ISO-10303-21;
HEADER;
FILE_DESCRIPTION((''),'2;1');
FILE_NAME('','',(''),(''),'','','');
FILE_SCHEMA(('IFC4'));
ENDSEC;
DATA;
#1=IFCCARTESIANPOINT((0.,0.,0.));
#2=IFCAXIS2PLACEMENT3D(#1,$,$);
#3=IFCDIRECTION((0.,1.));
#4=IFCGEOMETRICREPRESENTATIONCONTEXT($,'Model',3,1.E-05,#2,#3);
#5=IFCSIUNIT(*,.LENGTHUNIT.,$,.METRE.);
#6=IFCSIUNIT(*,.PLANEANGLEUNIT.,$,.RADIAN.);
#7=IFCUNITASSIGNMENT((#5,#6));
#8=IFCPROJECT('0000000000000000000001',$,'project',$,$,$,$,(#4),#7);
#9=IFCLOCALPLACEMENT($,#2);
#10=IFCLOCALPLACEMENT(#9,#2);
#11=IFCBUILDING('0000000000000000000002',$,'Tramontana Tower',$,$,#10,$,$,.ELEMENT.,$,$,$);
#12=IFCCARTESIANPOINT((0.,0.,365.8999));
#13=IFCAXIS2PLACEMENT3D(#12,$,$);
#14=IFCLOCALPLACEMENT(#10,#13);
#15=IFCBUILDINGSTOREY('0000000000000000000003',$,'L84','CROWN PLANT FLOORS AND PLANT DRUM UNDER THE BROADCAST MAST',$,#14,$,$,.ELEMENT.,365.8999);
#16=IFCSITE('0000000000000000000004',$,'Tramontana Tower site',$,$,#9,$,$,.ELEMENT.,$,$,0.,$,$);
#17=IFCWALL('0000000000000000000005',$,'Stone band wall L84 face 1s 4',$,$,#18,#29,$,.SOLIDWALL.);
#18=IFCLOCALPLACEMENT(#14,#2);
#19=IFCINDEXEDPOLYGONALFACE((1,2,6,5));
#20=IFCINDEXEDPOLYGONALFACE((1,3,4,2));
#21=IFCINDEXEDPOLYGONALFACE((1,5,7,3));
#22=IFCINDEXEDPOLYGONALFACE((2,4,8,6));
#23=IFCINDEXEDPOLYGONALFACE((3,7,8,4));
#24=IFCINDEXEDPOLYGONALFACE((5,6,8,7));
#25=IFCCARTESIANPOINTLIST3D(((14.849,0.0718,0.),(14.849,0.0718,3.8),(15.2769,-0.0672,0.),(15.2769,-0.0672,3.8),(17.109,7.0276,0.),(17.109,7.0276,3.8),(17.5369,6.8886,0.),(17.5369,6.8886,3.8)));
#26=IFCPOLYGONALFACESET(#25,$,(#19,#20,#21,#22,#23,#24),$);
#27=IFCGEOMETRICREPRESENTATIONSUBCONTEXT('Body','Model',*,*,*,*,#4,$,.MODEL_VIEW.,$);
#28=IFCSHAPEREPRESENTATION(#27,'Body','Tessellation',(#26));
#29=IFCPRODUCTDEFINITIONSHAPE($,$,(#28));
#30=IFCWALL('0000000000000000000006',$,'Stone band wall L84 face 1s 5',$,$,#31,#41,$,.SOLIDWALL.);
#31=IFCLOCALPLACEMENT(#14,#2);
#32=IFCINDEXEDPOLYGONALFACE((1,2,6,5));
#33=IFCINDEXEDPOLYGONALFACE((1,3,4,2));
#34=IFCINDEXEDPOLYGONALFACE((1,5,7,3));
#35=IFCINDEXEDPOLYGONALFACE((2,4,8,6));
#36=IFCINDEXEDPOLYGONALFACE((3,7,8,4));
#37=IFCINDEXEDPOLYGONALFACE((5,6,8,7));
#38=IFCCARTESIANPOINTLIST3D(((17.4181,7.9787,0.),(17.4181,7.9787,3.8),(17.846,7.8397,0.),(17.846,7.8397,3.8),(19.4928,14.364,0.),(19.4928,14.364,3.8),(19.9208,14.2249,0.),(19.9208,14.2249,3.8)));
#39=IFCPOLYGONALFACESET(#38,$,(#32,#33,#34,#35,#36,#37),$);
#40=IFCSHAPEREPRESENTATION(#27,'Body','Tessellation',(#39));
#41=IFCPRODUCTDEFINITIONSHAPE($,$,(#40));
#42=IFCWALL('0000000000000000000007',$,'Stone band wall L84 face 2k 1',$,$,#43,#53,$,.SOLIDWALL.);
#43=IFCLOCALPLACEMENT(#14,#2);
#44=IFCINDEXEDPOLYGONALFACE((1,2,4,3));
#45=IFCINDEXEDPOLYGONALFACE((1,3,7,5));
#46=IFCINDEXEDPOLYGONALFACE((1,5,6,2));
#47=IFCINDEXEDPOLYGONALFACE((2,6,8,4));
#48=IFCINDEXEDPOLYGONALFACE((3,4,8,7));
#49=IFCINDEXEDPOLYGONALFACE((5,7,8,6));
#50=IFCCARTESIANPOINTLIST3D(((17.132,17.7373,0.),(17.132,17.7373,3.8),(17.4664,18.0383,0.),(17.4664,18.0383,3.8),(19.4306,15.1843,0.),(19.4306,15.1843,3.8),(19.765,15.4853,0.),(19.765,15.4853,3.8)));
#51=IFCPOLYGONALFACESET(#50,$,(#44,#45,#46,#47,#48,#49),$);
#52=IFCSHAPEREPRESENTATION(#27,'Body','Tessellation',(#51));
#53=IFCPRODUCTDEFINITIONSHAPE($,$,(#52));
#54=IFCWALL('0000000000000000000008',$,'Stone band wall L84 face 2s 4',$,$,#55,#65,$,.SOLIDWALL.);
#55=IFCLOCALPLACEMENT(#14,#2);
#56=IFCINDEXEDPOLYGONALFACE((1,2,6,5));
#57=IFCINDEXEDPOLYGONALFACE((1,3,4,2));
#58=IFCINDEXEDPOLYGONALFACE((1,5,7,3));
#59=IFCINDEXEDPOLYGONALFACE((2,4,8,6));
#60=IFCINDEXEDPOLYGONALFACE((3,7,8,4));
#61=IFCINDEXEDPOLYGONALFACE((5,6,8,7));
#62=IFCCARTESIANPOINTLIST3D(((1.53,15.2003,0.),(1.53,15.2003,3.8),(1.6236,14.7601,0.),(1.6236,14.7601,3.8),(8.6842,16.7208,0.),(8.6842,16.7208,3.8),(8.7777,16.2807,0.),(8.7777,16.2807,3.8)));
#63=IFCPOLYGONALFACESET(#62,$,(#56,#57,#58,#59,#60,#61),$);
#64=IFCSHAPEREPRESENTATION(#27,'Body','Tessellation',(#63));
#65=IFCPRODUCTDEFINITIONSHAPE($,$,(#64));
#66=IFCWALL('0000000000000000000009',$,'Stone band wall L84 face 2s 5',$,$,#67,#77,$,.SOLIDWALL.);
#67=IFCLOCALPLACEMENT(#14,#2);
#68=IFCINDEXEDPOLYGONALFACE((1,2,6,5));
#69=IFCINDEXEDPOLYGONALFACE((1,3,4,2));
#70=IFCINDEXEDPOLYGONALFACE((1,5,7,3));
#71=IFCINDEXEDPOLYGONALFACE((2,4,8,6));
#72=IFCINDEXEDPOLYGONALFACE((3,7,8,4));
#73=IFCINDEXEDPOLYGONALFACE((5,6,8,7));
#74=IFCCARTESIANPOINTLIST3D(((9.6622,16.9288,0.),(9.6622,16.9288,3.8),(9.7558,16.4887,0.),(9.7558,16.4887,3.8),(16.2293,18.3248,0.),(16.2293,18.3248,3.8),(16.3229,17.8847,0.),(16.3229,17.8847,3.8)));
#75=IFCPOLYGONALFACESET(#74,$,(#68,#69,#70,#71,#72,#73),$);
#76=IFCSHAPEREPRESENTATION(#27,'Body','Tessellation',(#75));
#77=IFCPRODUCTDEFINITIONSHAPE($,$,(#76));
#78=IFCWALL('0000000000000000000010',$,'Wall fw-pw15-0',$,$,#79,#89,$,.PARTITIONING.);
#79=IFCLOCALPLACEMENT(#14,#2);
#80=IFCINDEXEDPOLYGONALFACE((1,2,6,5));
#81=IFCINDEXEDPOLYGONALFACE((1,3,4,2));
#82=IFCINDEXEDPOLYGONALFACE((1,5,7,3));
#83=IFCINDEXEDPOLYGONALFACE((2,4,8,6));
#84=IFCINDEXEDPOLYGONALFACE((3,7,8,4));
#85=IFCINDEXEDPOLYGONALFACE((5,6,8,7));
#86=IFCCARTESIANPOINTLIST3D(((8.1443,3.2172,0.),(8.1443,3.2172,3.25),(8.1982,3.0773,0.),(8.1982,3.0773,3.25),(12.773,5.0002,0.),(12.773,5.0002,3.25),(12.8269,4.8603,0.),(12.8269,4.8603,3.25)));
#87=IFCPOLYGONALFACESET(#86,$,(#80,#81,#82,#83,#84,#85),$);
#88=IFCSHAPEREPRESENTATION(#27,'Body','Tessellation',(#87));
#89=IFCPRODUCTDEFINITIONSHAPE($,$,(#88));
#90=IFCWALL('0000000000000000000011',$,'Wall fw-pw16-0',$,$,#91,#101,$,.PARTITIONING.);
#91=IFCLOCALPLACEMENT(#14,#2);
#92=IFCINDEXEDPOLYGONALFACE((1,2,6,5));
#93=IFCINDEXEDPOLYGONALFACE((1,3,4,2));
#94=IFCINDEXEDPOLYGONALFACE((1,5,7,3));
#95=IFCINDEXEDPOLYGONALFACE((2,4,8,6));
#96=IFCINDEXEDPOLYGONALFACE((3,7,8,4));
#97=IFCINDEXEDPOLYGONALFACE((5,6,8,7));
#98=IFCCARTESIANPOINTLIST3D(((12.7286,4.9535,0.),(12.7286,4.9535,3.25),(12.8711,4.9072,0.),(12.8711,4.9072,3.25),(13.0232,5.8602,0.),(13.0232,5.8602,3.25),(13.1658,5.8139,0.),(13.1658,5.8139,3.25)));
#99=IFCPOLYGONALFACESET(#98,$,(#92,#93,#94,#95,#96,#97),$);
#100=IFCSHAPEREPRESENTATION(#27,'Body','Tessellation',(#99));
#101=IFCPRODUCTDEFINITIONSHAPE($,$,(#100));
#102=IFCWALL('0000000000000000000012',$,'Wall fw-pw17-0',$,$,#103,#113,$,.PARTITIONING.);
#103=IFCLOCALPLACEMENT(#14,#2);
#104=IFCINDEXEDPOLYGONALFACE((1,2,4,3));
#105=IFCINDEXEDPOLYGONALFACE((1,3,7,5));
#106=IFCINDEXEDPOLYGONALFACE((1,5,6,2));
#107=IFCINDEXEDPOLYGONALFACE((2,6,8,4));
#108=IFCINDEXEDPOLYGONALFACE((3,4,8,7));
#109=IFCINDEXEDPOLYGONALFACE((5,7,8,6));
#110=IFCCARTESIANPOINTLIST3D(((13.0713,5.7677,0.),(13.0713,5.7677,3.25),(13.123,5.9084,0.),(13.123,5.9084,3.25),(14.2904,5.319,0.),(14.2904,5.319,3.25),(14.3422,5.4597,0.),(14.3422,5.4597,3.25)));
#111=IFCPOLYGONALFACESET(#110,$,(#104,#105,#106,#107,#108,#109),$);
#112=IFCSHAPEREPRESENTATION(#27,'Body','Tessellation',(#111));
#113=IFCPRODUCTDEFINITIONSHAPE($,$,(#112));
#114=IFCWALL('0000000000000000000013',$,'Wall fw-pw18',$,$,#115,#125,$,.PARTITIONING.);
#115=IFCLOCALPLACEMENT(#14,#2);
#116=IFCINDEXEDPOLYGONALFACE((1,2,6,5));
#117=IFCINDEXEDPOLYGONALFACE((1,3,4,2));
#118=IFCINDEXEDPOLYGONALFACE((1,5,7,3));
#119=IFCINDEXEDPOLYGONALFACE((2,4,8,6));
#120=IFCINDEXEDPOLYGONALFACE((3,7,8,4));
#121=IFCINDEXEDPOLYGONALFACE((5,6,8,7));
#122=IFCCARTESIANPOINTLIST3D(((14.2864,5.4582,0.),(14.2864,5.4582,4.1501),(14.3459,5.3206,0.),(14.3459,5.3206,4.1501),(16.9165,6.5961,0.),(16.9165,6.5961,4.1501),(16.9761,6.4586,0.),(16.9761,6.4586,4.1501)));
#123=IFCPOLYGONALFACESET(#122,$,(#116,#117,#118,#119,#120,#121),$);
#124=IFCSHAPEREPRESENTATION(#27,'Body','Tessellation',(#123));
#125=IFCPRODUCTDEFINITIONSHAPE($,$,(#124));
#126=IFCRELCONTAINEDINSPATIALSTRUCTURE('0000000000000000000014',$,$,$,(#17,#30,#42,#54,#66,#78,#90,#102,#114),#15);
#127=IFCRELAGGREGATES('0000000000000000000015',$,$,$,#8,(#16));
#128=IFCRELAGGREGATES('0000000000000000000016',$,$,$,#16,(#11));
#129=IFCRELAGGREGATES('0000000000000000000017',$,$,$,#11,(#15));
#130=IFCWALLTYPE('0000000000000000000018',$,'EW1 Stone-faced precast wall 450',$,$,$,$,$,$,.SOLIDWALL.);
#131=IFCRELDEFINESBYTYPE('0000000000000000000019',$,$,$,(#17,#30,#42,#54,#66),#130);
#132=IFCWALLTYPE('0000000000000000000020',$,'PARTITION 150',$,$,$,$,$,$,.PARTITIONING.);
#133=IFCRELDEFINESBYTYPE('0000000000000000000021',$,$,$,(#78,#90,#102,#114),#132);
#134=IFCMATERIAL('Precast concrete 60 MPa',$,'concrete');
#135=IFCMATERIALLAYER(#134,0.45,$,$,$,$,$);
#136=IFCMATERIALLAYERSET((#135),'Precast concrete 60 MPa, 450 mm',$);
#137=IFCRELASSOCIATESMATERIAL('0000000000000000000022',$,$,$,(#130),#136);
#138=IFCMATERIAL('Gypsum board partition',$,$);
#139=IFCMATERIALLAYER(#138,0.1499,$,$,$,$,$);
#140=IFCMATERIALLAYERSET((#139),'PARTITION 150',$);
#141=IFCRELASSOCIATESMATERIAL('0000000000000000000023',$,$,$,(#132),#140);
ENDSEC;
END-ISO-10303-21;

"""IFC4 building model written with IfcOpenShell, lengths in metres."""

from ifc_helpers import new_model, si_unit, direction, frame, frame_2d, origin, place, context, subcontext, project, spatial, rectangle, extrude, material, layer, layer_set, type_object, element, save


model = new_model("IFC4")

# Units and contexts
model_context = context("Model", 3, precision=1e-05, world=origin(), true_north=direction((0.0, 1.0)))
body_context = subcontext(model_context, "Body", "Model", "MODEL_VIEW")
ifc_project = project(units=[si_unit("LENGTHUNIT", "METRE"), si_unit("PLANEANGLEUNIT", "RADIAN")], contexts=[model_context])

# Site, building, storey
site_placement = place(None, origin())
site = spatial("IfcSite", under=ifc_project, at=site_placement, Name="Tramontana Tower site", CompositionType="ELEMENT", RefElevation=0.0)
building_placement = place(site_placement, origin())
building = spatial("IfcBuilding", under=site, at=building_placement, Name="Tramontana Tower", CompositionType="ELEMENT")
storey_placement = place(building_placement, frame((0.0, 0.0, 365.8999)))
storey = spatial("IfcBuildingStorey", under=building, at=storey_placement, Name="L84", Description="CROWN PLANT FLOORS AND PLANT DRUM UNDER THE BROADCAST MAST", CompositionType="ELEMENT", Elevation=365.8999)

# Walls
ifc_material_1 = material(Name="Precast concrete 60 MPa", Category="concrete")
ifc_layer_1 = layer(ifc_material_1, 0.45)
ifc_layer_set_1 = layer_set([ifc_layer_1], Name="Precast concrete 60 MPa, 450 mm")
wall_type_1 = type_object("IfcWallType", Name="EW1 Stone-faced precast wall 450", PredefinedType="SOLIDWALL", material=ifc_layer_set_1)
wall_1_placement = place(storey_placement, frame((15.063, 0.0024, 0.0), z_axis=(0.0, 0.0, 1.0), x_axis=(0.309008, 0.951059, 0.0)))
element("IfcWall", 1, at=wall_1_placement, inside=storey, type_object=wall_type_1, Name="Stone band wall L84 face 1s 4", PredefinedType="SOLIDWALL", context=body_context, shape_type="SweptSolid", body=[
    extrude(rectangle(XDim=7.3137, YDim=0.45, at=frame_2d((3.6567, 0.0))), origin(), (0.0, 0.0, 1.0), 3.8),
])
wall_2_placement = place(storey_placement, frame((17.6321, 7.9092, 0.0), z_axis=(0.0, 0.0, 1.0), x_axis=(0.309019, 0.951056, 0.0)))
element("IfcWall", 2, at=wall_2_placement, inside=storey, type_object=wall_type_1, Name="Stone band wall L84 face 1s 5", PredefinedType="SOLIDWALL", context=body_context, shape_type="SweptSolid", body=[
    extrude(rectangle(XDim=6.7139, YDim=0.45, at=frame_2d((3.3569, 0.0))), origin(), (0.0, 0.0, 1.0), 3.8),
])
wall_3_placement = place(storey_placement, frame((19.5979, 15.3347, 0.0), z_axis=(0.0, 0.0, 1.0), x_axis=(-0.66911, 0.743163, 0.0)))
element("IfcWall", 3, at=wall_3_placement, inside=storey, type_object=wall_type_1, Name="Stone band wall L84 face 2k 1", PredefinedType="SOLIDWALL", context=body_context, shape_type="SweptSolid", body=[
    extrude(rectangle(XDim=3.4353, YDim=0.45, at=frame_2d((1.7178, 0.0))), origin(), (0.0, 0.0, 1.0), 3.8),
])
wall_4_placement = place(storey_placement, frame((8.731, 16.5007, 0.0), z_axis=(0.0, 0.0, 1.0), x_axis=(-0.978151, -0.207894, 0.0)))
element("IfcWall", 4, at=wall_4_placement, inside=storey, type_object=wall_type_1, Name="Stone band wall L84 face 2s 4", PredefinedType="SOLIDWALL", context=body_context, shape_type="SweptSolid", body=[
    extrude(rectangle(XDim=7.314, YDim=0.45, at=frame_2d((3.657, 0.0))), origin(), (0.0, 0.0, 1.0), 3.8),
])
wall_5_placement = place(storey_placement, frame((16.2761, 18.1047, 0.0), z_axis=(0.0, 0.0, 1.0), x_axis=(-0.978144, -0.207927, 0.0)))
element("IfcWall", 5, at=wall_5_placement, inside=storey, type_object=wall_type_1, Name="Stone band wall L84 face 2s 5", PredefinedType="SOLIDWALL", context=body_context, shape_type="SweptSolid", body=[
    extrude(rectangle(XDim=6.7139, YDim=0.45, at=frame_2d((3.3569, 0.0))), origin(), (0.0, 0.0, 1.0), 3.8),
])
ifc_material_2 = material(Name="Gypsum board partition")
ifc_layer_2 = layer(ifc_material_2, 0.1499)
ifc_layer_set_2 = layer_set([ifc_layer_2], Name="PARTITION 150")
wall_type_2 = type_object("IfcWallType", Name="PARTITION 150", PredefinedType="PARTITIONING", material=ifc_layer_set_2)
wall_6_placement = place(storey_placement, frame((12.7998, 4.9302, 0.0), z_axis=(0.0, 0.0, 1.0), x_axis=(-0.933163, -0.359454, 0.0)))
element("IfcWall", 6, at=wall_6_placement, inside=storey, type_object=wall_type_2, Name="Wall fw-pw15-0", PredefinedType="PARTITIONING", context=body_context, shape_type="SweptSolid", body=[
    extrude(rectangle(XDim=4.9602, YDim=0.1499, at=frame_2d((2.48, 0.0))), origin(), (0.0, 0.0, 1.0), 3.25),
])
wall_7_placement = place(storey_placement, frame((13.0945, 5.8369, 0.0), z_axis=(0.0, 0.0, 1.0), x_axis=(-0.309074, -0.951038, 0.0)))
element("IfcWall", 7, at=wall_7_placement, inside=storey, type_object=wall_type_2, Name="Wall fw-pw16-0", PredefinedType="PARTITIONING", context=body_context, shape_type="SweptSolid", body=[
    extrude(rectangle(XDim=0.9534, YDim=0.1499, at=frame_2d((0.4766, 0.0))), origin(), (0.0, 0.0, 1.0), 3.25),
])
wall_8_placement = place(storey_placement, frame((14.3162, 5.3894, 0.0), z_axis=(0.0, 0.0, 1.0), x_axis=(-0.938459, 0.345392, 0.0)))
element("IfcWall", 8, at=wall_8_placement, inside=storey, type_object=wall_type_2, Name="Wall fw-pw17-0", PredefinedType="PARTITIONING", context=body_context, shape_type="SweptSolid", body=[
    extrude(rectangle(XDim=1.2991, YDim=0.1499, at=frame_2d((0.6494, 0.0))), origin(), (0.0, 0.0, 1.0), 3.25),
])
wall_9_placement = place(storey_placement, frame((16.9463, 6.5273, 0.0), z_axis=(0.0, 0.0, 1.0), x_axis=(-0.917782, -0.397084, 0.0)))
element("IfcWall", 9, at=wall_9_placement, inside=storey, type_object=wall_type_2, Name="Wall fw-pw18", PredefinedType="PARTITIONING", context=body_context, shape_type="SweptSolid", body=[
    extrude(rectangle(XDim=2.8657, YDim=0.1499, at=frame_2d((1.4329, 0.0))), origin(), (0.0, 0.0, 1.0), 4.1501),
])

save(model, "model.ifc")
